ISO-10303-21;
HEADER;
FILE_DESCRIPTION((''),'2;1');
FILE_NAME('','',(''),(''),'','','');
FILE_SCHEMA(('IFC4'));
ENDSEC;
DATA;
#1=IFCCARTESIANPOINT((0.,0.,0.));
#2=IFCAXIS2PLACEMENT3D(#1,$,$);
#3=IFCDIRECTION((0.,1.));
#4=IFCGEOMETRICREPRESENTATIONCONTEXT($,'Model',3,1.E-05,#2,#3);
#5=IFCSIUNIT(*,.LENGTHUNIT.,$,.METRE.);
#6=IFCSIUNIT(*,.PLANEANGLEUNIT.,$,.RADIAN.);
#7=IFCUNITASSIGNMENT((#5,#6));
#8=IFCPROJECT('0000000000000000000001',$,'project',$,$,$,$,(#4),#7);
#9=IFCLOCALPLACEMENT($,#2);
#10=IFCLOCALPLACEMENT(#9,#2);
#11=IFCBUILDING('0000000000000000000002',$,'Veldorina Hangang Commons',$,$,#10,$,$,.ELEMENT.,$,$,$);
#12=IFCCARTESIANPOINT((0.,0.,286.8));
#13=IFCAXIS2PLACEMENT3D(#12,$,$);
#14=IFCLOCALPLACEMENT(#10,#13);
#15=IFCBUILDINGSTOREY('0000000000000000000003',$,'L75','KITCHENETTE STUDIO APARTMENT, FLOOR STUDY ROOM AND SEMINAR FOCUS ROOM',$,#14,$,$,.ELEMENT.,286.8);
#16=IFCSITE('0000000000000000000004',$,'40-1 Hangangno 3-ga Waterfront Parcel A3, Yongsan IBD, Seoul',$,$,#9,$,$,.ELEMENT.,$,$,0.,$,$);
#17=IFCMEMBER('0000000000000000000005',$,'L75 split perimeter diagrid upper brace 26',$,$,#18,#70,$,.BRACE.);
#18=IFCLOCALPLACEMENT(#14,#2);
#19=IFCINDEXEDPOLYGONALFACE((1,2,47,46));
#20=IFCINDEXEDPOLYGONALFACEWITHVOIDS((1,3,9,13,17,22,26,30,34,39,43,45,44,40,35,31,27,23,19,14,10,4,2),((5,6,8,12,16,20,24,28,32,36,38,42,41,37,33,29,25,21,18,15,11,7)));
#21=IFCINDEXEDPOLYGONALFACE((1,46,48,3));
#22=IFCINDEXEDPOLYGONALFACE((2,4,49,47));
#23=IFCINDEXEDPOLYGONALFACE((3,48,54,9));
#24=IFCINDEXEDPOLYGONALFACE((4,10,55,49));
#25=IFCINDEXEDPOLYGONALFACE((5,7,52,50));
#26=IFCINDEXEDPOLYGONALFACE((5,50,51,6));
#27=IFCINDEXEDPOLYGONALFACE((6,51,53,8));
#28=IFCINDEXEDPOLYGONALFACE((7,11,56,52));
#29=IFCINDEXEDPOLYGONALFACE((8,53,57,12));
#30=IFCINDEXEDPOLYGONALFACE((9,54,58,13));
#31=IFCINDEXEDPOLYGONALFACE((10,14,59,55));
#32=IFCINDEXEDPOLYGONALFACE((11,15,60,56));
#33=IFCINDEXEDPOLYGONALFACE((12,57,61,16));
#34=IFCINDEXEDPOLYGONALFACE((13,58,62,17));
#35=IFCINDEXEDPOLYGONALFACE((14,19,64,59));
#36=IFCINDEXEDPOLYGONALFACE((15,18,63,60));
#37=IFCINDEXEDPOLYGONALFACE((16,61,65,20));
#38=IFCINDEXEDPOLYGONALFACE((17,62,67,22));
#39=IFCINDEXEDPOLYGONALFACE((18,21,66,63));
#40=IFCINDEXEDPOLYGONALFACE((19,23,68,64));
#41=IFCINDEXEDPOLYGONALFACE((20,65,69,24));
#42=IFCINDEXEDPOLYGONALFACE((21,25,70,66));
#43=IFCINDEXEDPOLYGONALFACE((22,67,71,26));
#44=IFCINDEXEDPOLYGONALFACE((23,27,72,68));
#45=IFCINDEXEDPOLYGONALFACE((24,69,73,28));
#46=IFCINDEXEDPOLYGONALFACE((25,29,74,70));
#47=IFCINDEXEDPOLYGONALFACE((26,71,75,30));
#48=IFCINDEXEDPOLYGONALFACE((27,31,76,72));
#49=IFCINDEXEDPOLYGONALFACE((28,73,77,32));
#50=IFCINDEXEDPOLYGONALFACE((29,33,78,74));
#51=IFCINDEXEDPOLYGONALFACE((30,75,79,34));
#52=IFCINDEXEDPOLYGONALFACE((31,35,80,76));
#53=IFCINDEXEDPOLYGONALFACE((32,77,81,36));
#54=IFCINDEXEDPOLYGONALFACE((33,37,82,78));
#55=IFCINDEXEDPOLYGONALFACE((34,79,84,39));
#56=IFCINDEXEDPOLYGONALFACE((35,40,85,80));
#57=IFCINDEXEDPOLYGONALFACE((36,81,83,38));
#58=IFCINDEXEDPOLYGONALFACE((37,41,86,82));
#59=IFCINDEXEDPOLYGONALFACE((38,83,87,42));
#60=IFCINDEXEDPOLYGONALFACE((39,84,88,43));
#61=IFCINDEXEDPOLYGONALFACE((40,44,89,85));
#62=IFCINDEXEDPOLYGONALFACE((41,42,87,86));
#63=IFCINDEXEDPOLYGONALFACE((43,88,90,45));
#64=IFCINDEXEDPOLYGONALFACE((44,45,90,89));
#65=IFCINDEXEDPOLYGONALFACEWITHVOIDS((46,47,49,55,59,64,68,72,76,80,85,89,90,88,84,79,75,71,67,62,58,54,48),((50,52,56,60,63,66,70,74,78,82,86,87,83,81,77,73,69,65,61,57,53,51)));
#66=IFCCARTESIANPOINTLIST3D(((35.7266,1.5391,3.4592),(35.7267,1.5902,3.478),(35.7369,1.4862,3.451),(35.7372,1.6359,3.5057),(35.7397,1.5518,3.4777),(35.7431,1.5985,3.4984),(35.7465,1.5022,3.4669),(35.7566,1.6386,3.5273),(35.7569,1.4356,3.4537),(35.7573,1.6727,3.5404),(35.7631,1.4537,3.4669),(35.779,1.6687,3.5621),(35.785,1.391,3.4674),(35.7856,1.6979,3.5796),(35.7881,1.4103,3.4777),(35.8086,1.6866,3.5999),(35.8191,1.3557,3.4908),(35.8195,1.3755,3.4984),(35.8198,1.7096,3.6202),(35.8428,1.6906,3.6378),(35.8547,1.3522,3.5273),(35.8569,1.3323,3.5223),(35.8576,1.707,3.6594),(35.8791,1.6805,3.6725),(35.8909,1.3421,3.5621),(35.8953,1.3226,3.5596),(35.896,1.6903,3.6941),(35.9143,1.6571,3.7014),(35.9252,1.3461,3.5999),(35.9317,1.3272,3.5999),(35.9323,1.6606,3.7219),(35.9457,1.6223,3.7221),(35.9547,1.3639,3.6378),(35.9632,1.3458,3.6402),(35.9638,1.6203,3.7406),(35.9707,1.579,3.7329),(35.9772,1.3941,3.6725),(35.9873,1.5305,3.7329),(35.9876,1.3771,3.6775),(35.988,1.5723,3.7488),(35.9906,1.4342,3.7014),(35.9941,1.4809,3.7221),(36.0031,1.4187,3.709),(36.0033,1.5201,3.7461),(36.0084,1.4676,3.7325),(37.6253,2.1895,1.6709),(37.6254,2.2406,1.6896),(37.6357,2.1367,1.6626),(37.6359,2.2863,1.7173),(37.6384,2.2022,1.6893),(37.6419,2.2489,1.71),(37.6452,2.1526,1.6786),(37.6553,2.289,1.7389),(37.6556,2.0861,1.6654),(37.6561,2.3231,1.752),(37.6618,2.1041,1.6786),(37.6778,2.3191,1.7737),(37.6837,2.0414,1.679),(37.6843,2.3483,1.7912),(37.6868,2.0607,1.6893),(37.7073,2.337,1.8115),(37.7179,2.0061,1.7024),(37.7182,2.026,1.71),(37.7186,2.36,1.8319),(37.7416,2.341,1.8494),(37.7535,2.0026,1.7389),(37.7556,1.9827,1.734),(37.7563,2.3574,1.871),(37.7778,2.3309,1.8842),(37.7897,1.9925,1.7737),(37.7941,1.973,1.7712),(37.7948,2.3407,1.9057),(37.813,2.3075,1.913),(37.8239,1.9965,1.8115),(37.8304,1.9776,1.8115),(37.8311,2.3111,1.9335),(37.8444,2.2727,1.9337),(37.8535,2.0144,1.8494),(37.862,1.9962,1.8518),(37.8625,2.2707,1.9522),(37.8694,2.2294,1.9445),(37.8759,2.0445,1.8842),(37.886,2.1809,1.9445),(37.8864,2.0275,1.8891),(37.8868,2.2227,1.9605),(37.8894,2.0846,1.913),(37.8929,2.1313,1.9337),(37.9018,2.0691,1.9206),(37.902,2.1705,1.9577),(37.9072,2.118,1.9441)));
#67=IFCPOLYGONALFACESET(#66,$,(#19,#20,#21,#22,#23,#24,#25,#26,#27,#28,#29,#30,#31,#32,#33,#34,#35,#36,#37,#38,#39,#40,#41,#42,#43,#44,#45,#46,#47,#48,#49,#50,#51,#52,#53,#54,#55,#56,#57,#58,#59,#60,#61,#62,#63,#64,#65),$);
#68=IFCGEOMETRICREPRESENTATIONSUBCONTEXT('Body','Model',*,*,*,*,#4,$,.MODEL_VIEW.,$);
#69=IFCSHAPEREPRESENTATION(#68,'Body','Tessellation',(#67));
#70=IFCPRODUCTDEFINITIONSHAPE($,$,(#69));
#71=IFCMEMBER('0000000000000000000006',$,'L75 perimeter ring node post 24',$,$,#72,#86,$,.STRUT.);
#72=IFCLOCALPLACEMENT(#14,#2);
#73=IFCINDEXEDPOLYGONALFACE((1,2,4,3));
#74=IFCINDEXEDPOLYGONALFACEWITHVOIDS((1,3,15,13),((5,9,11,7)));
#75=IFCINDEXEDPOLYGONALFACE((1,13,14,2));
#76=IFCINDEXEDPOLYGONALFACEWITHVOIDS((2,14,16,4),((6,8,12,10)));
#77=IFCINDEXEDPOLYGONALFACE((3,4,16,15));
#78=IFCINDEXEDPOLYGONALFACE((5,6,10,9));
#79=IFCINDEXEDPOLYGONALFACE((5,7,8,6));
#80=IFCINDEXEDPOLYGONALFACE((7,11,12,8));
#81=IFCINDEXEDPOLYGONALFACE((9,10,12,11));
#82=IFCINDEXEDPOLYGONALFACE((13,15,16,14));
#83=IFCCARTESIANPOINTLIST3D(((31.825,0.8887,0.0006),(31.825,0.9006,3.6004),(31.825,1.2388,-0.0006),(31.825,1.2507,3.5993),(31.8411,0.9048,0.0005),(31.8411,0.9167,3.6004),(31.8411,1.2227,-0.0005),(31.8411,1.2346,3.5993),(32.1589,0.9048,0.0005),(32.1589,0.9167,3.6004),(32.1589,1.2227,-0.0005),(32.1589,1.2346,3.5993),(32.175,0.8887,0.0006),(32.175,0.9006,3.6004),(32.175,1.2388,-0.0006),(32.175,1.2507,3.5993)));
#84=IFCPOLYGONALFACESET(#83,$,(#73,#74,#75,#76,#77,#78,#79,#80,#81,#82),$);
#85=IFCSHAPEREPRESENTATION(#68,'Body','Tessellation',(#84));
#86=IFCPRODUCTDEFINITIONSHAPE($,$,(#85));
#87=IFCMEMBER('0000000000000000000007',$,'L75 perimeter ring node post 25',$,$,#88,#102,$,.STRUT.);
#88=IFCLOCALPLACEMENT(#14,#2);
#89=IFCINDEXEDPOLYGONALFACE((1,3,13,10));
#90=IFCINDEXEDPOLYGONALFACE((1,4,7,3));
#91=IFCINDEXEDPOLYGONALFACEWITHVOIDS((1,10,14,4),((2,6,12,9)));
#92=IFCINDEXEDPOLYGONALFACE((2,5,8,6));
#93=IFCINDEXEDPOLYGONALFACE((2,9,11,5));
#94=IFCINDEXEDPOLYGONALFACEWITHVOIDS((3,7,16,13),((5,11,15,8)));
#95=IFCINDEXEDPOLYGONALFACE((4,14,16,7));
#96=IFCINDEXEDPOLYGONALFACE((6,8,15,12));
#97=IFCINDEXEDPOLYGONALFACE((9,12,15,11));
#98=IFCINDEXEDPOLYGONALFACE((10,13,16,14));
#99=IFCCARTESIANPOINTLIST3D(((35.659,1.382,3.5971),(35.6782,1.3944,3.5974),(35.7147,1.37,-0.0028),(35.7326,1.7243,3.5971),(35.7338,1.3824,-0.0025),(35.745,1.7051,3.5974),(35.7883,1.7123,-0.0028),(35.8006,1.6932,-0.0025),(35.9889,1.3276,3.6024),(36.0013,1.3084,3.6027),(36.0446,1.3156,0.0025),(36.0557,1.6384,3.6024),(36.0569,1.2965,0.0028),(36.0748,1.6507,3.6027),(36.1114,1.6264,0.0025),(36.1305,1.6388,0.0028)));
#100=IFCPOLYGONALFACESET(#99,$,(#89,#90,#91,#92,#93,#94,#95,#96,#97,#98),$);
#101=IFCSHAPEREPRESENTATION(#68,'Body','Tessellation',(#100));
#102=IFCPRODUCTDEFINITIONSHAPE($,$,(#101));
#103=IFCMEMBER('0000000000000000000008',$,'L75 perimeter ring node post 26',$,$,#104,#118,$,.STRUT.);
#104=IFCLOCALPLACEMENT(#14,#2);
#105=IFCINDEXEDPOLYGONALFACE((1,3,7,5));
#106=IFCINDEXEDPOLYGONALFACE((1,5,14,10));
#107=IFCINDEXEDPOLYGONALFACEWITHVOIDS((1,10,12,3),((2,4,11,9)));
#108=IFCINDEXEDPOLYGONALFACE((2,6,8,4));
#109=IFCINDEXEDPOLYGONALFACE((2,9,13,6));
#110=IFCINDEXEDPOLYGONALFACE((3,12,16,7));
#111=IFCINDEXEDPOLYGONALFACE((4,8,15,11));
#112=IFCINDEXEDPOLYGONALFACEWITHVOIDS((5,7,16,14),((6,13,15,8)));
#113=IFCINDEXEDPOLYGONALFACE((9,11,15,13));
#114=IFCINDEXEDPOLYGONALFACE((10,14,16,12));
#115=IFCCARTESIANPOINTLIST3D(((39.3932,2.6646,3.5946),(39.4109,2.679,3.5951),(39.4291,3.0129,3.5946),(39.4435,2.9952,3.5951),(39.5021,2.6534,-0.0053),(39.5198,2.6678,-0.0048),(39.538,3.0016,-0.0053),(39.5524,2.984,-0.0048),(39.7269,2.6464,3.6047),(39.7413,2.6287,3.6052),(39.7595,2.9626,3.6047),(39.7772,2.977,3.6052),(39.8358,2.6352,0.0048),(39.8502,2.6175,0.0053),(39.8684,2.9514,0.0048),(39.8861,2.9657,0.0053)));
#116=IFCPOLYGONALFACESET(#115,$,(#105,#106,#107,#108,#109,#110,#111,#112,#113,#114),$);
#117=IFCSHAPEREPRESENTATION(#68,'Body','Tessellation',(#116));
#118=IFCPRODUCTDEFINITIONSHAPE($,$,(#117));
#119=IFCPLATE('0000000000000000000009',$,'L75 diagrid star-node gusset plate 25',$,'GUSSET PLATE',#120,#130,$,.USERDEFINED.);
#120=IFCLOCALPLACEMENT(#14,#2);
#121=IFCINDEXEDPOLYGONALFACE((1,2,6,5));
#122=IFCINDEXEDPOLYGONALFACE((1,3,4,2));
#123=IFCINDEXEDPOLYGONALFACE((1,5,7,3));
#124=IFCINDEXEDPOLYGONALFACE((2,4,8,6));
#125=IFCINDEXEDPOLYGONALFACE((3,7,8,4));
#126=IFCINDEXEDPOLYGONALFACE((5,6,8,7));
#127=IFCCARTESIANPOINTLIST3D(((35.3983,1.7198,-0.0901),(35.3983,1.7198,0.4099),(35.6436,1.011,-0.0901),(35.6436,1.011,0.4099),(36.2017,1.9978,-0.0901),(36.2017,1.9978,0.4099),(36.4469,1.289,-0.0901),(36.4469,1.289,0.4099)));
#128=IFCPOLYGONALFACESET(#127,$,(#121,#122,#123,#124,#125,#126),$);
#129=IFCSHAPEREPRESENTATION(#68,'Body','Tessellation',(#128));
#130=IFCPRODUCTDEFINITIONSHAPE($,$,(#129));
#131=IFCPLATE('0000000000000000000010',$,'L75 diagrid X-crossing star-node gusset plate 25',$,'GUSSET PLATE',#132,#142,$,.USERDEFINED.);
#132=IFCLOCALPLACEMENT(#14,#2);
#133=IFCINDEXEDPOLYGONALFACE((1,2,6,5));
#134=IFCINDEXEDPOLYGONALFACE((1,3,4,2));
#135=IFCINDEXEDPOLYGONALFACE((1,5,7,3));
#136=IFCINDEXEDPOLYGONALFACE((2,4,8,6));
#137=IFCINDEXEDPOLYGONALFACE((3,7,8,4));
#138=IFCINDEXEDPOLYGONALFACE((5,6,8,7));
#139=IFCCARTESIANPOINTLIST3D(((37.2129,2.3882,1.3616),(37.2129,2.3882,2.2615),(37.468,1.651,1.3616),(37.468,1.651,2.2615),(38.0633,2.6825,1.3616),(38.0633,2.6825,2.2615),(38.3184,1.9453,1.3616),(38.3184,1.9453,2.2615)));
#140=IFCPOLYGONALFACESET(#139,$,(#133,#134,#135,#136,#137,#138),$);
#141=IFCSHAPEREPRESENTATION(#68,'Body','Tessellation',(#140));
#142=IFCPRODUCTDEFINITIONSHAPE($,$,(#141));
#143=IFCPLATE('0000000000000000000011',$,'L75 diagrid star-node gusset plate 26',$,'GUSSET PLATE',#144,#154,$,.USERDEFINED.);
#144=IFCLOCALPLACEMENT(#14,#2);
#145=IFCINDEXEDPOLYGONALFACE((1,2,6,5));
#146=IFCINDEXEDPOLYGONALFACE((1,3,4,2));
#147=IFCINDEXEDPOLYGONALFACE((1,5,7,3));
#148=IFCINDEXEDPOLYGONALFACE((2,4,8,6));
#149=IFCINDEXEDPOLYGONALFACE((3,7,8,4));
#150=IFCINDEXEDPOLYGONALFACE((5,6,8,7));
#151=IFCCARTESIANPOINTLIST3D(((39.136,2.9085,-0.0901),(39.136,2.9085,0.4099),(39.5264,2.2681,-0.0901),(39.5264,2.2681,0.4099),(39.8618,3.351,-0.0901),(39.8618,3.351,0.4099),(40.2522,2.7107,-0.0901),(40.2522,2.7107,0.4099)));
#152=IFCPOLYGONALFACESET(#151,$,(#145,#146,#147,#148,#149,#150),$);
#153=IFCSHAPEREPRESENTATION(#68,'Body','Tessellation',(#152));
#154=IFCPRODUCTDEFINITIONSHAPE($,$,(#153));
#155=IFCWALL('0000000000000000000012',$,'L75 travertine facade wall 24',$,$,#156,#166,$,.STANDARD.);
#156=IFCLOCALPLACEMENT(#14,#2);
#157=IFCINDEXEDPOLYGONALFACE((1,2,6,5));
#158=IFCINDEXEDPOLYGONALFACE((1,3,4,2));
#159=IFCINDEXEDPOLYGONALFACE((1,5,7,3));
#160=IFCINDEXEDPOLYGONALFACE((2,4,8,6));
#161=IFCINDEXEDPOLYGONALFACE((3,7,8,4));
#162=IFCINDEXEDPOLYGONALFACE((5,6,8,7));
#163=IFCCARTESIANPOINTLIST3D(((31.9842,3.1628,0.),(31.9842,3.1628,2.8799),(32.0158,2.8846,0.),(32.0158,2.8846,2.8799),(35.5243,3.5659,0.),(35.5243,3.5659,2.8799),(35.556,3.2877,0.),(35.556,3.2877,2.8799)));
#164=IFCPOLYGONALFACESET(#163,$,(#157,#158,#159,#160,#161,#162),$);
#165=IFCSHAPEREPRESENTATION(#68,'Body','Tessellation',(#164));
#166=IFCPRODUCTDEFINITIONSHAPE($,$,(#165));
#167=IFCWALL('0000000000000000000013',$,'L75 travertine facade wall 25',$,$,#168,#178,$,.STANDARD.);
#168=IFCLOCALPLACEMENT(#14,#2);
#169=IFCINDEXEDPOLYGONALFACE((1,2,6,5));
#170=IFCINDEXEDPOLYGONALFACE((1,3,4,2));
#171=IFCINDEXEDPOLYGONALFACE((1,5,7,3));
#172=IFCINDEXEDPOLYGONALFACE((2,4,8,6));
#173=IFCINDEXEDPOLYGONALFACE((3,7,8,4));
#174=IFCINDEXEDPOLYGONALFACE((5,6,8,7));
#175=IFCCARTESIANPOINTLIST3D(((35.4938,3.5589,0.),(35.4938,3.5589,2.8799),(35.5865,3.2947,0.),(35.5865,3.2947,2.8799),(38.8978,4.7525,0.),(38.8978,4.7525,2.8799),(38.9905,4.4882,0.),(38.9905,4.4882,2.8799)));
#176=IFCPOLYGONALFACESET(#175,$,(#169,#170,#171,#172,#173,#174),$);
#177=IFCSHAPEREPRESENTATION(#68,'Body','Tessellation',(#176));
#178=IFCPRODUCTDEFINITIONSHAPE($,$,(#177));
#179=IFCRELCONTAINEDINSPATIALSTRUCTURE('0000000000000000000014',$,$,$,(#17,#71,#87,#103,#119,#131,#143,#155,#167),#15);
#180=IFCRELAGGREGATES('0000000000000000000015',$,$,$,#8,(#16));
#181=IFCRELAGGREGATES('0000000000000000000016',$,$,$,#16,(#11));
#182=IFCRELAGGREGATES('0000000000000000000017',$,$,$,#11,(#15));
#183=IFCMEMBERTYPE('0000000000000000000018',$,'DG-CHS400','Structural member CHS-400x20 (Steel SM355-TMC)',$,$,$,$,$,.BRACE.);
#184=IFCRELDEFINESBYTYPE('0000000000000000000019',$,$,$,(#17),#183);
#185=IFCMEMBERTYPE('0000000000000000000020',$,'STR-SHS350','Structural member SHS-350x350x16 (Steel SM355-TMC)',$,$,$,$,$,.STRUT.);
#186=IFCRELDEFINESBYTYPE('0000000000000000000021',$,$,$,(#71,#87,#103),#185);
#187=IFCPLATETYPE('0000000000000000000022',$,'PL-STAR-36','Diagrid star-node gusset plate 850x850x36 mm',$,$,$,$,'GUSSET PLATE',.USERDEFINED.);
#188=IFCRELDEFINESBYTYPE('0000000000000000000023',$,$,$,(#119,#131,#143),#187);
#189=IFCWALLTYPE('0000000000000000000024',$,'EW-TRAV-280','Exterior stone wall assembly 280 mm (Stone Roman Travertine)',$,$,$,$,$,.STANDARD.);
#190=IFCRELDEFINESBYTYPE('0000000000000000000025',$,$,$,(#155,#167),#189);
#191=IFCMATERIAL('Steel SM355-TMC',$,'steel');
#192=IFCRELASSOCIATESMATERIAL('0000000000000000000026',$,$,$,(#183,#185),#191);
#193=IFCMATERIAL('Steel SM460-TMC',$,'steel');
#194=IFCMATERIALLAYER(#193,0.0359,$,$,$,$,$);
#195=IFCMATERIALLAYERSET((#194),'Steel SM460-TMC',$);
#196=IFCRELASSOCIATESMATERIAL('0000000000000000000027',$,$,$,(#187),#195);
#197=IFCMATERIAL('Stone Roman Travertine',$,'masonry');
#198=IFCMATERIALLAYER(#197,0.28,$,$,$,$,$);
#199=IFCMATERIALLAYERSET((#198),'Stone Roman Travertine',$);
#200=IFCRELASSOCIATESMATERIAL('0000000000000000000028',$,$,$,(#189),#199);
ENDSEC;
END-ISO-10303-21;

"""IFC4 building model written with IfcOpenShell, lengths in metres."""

from ifc_helpers import new_model, si_unit, direction, frame, frame_2d, origin, origin_2d, place, context, subcontext, project, spatial, rectangle, hollow_rectangle, hollow_circle, extrude, material, layer, layer_set, material_profile, profile_set, type_object, element, save


model = new_model("IFC4")

# Units and contexts
model_context = context("Model", 3, precision=1e-05, world=origin(), true_north=direction((0.0, 1.0)))
body_context = subcontext(model_context, "Body", "Model", "MODEL_VIEW")
ifc_project = project(units=[si_unit("LENGTHUNIT", "METRE"), si_unit("PLANEANGLEUNIT", "RADIAN")], contexts=[model_context])

# Site, building, storey
site_placement = place(None, origin())
site = spatial("IfcSite", under=ifc_project, at=site_placement, Name="40-1 Hangangno 3-ga Waterfront Parcel A3, Yongsan IBD, Seoul", CompositionType="ELEMENT", RefElevation=0.0)
building_placement = place(site_placement, origin())
building = spatial("IfcBuilding", under=site, at=building_placement, Name="Veldorina Hangang Commons", CompositionType="ELEMENT")
storey_placement = place(building_placement, frame((0.0, 0.0, 286.8)))
storey = spatial("IfcBuildingStorey", under=building, at=storey_placement, Name="L75", Description="KITCHENETTE STUDIO APARTMENT, FLOOR STUDY ROOM AND SEMINAR FOCUS ROOM", CompositionType="ELEMENT", Elevation=286.8)

# Shared definitions
ifc_material_1 = material(Name="Steel SM355-TMC", Category="steel")

# Members
ifc_material_profile_1 = material_profile(ifc_material_1, hollow_circle(Radius=0.2, WallThickness=0.02, at=origin_2d()), Name="CHS-400x20")
ifc_profile_set_1 = profile_set([ifc_material_profile_1], Name="Steel SM355-TMC")
member_type_1 = type_object("IfcMemberType", Name="DG-CHS400", Description="Structural member CHS-400x20 (Steel SM355-TMC)", PredefinedType="BRACE", material=ifc_profile_set_1)
member_1_placement = place(storey_placement, frame((37.7656, 2.1667, 1.8115), z_axis=(-0.706317, -0.241948, 0.665265), x_axis=(0.324063, -0.946035, 0.0)))
element("IfcMember", 1, at=member_1_placement, inside=storey, type_object=member_type_1, Name="L75 split perimeter diagrid upper brace 26", PredefinedType="BRACE", context=body_context, shape_type="SweptSolid", body=[
    extrude(hollow_circle(Radius=0.2, WallThickness=0.02, at=origin_2d()), origin(), (0.0, 0.0, 1.0), 2.6882),
])
ifc_material_profile_2 = material_profile(ifc_material_1, hollow_rectangle(XDim=0.3501, YDim=0.3501, WallThickness=0.0161, at=origin_2d()), Name="SHS-350x350x16")
ifc_profile_set_2 = profile_set([ifc_material_profile_2], Name="Steel SM355-TMC")
member_type_2 = type_object("IfcMemberType", Name="STR-SHS350", Description="Structural member SHS-350x350x16 (Steel SM355-TMC)", PredefinedType="STRUT", material=ifc_profile_set_2)
member_2_placement = place(storey_placement, frame((32.0, 1.0637, 0.0), z_axis=(0.0, 0.003323, 0.999994), x_axis=(-1.0, 0.0, 0.0)))
element("IfcMember", 2, at=member_2_placement, inside=storey, type_object=member_type_2, Name="L75 perimeter ring node post 24", PredefinedType="STRUT", context=body_context, shape_type="SweptSolid", body=[
    extrude(hollow_rectangle(XDim=0.3501, YDim=0.3501, WallThickness=0.0161, at=origin_2d()), origin(), (0.0, 0.0, 1.0), 3.5999),
])
member_3_placement = place(storey_placement, frame((35.9226, 1.5044, 0.0), z_axis=(-0.015461, 0.003323, 0.999875), x_axis=(-0.210115, -0.977677, 0.0)))
element("IfcMember", 3, at=member_3_placement, inside=storey, type_object=member_type_2, Name="L75 perimeter ring node post 25", PredefinedType="STRUT", context=body_context, shape_type="SweptSolid", body=[
    extrude(hollow_rectangle(XDim=0.3501, YDim=0.3501, WallThickness=0.0161, at=origin_2d()), origin(), (0.0, 0.0, 1.0), 3.6003),
])
member_4_placement = place(storey_placement, frame((39.6941, 2.8096, 0.0), z_axis=(-0.030234, 0.003118, 0.999538), x_axis=(-0.102595, -0.994723, 0.0)))
element("IfcMember", 4, at=member_4_placement, inside=storey, type_object=member_type_2, Name="L75 perimeter ring node post 26", PredefinedType="STRUT", context=body_context, shape_type="SweptSolid", body=[
    extrude(hollow_rectangle(XDim=0.3501, YDim=0.3501, WallThickness=0.0161, at=origin_2d()), origin(), (0.0, 0.0, 1.0), 3.6016),
])

# Plates
ifc_material_2 = material(Name="Steel SM460-TMC", Category="steel")
ifc_layer_1 = layer(ifc_material_2, 0.0359)
ifc_layer_set_1 = layer_set([ifc_layer_1], Name="Steel SM460-TMC")
plate_type = type_object("IfcPlateType", Name="PL-STAR-36", Description="Diagrid star-node gusset plate 850x850x36 mm", ElementType="GUSSET PLATE", PredefinedType="USERDEFINED", material=ifc_layer_set_1)
plate_1_placement = place(storey_placement, frame((35.9226, 1.5044, -0.0901), z_axis=(0.0, 0.0, 1.0), x_axis=(0.945017, 0.32702, 0.0)))
element("IfcPlate", 5, at=plate_1_placement, inside=storey, type_object=plate_type, Name="L75 diagrid star-node gusset plate 25", ObjectType="GUSSET PLATE", PredefinedType="USERDEFINED", context=body_context, shape_type="SweptSolid", body=[
    extrude(rectangle(XDim=0.8501, YDim=0.75, at=origin_2d()), origin(), (0.0, 0.0, 1.0), 0.5),
])
plate_2_placement = place(storey_placement, frame((37.7656, 2.1667, 1.3616), z_axis=(0.0, 0.0, 1.0), x_axis=(0.945017, 0.32702, 0.0)))
element("IfcPlate", 6, at=plate_2_placement, inside=storey, type_object=plate_type, Name="L75 diagrid X-crossing star-node gusset plate 25", ObjectType="GUSSET PLATE", PredefinedType="USERDEFINED", context=body_context, shape_type="SweptSolid", body=[
    extrude(rectangle(XDim=0.8999, YDim=0.78, at=origin_2d()), origin(), (0.0, 0.0, 1.0), 0.8999),
])
plate_3_placement = place(storey_placement, frame((39.6941, 2.8096, -0.0901), z_axis=(0.0, 0.0, 1.0), x_axis=(0.853787, 0.520622, 0.0)))
element("IfcPlate", 7, at=plate_3_placement, inside=storey, type_object=plate_type, Name="L75 diagrid star-node gusset plate 26", ObjectType="GUSSET PLATE", PredefinedType="USERDEFINED", context=body_context, shape_type="SweptSolid", body=[
    extrude(rectangle(XDim=0.8501, YDim=0.75, at=origin_2d()), origin(), (0.0, 0.0, 1.0), 0.5),
])

# Walls
ifc_material_3 = material(Name="Stone Roman Travertine", Category="masonry")
ifc_layer_2 = layer(ifc_material_3, 0.28)
ifc_layer_set_2 = layer_set([ifc_layer_2], Name="Stone Roman Travertine")
wall_type_1 = type_object("IfcWallType", Name="EW-TRAV-280", Description="Exterior stone wall assembly 280 mm (Stone Roman Travertine)", PredefinedType="STANDARD", material=ifc_layer_set_2)
wall_1_placement = place(storey_placement, frame((32.0, 3.0237, 0.0), z_axis=(0.0, 0.0, 1.0), x_axis=(0.99358, 0.113131, 0.0)))
element("IfcWall", 8, at=wall_1_placement, inside=storey, type_object=wall_type_1, Name="L75 travertine facade wall 24", PredefinedType="STANDARD", context=body_context, shape_type="SweptSolid", body=[
    extrude(rectangle(XDim=3.563, YDim=0.28, at=frame_2d((1.7815, 0.0))), origin(), (0.0, 0.0, 1.0), 2.8799),
])
wall_2_placement = place(storey_placement, frame((35.54, 3.4268, 0.0), z_axis=(0.0, 0.0, 1.0), x_axis=(0.943669, 0.33089, 0.0)))
element("IfcWall", 9, at=wall_2_placement, inside=storey, type_object=wall_type_1, Name="L75 travertine facade wall 25", PredefinedType="STANDARD", context=body_context, shape_type="SweptSolid", body=[
    extrude(rectangle(XDim=3.6072, YDim=0.28, at=frame_2d((1.8037, 0.0))), origin(), (0.0, 0.0, 1.0), 2.8799),
])

save(model, "model.ifc")
